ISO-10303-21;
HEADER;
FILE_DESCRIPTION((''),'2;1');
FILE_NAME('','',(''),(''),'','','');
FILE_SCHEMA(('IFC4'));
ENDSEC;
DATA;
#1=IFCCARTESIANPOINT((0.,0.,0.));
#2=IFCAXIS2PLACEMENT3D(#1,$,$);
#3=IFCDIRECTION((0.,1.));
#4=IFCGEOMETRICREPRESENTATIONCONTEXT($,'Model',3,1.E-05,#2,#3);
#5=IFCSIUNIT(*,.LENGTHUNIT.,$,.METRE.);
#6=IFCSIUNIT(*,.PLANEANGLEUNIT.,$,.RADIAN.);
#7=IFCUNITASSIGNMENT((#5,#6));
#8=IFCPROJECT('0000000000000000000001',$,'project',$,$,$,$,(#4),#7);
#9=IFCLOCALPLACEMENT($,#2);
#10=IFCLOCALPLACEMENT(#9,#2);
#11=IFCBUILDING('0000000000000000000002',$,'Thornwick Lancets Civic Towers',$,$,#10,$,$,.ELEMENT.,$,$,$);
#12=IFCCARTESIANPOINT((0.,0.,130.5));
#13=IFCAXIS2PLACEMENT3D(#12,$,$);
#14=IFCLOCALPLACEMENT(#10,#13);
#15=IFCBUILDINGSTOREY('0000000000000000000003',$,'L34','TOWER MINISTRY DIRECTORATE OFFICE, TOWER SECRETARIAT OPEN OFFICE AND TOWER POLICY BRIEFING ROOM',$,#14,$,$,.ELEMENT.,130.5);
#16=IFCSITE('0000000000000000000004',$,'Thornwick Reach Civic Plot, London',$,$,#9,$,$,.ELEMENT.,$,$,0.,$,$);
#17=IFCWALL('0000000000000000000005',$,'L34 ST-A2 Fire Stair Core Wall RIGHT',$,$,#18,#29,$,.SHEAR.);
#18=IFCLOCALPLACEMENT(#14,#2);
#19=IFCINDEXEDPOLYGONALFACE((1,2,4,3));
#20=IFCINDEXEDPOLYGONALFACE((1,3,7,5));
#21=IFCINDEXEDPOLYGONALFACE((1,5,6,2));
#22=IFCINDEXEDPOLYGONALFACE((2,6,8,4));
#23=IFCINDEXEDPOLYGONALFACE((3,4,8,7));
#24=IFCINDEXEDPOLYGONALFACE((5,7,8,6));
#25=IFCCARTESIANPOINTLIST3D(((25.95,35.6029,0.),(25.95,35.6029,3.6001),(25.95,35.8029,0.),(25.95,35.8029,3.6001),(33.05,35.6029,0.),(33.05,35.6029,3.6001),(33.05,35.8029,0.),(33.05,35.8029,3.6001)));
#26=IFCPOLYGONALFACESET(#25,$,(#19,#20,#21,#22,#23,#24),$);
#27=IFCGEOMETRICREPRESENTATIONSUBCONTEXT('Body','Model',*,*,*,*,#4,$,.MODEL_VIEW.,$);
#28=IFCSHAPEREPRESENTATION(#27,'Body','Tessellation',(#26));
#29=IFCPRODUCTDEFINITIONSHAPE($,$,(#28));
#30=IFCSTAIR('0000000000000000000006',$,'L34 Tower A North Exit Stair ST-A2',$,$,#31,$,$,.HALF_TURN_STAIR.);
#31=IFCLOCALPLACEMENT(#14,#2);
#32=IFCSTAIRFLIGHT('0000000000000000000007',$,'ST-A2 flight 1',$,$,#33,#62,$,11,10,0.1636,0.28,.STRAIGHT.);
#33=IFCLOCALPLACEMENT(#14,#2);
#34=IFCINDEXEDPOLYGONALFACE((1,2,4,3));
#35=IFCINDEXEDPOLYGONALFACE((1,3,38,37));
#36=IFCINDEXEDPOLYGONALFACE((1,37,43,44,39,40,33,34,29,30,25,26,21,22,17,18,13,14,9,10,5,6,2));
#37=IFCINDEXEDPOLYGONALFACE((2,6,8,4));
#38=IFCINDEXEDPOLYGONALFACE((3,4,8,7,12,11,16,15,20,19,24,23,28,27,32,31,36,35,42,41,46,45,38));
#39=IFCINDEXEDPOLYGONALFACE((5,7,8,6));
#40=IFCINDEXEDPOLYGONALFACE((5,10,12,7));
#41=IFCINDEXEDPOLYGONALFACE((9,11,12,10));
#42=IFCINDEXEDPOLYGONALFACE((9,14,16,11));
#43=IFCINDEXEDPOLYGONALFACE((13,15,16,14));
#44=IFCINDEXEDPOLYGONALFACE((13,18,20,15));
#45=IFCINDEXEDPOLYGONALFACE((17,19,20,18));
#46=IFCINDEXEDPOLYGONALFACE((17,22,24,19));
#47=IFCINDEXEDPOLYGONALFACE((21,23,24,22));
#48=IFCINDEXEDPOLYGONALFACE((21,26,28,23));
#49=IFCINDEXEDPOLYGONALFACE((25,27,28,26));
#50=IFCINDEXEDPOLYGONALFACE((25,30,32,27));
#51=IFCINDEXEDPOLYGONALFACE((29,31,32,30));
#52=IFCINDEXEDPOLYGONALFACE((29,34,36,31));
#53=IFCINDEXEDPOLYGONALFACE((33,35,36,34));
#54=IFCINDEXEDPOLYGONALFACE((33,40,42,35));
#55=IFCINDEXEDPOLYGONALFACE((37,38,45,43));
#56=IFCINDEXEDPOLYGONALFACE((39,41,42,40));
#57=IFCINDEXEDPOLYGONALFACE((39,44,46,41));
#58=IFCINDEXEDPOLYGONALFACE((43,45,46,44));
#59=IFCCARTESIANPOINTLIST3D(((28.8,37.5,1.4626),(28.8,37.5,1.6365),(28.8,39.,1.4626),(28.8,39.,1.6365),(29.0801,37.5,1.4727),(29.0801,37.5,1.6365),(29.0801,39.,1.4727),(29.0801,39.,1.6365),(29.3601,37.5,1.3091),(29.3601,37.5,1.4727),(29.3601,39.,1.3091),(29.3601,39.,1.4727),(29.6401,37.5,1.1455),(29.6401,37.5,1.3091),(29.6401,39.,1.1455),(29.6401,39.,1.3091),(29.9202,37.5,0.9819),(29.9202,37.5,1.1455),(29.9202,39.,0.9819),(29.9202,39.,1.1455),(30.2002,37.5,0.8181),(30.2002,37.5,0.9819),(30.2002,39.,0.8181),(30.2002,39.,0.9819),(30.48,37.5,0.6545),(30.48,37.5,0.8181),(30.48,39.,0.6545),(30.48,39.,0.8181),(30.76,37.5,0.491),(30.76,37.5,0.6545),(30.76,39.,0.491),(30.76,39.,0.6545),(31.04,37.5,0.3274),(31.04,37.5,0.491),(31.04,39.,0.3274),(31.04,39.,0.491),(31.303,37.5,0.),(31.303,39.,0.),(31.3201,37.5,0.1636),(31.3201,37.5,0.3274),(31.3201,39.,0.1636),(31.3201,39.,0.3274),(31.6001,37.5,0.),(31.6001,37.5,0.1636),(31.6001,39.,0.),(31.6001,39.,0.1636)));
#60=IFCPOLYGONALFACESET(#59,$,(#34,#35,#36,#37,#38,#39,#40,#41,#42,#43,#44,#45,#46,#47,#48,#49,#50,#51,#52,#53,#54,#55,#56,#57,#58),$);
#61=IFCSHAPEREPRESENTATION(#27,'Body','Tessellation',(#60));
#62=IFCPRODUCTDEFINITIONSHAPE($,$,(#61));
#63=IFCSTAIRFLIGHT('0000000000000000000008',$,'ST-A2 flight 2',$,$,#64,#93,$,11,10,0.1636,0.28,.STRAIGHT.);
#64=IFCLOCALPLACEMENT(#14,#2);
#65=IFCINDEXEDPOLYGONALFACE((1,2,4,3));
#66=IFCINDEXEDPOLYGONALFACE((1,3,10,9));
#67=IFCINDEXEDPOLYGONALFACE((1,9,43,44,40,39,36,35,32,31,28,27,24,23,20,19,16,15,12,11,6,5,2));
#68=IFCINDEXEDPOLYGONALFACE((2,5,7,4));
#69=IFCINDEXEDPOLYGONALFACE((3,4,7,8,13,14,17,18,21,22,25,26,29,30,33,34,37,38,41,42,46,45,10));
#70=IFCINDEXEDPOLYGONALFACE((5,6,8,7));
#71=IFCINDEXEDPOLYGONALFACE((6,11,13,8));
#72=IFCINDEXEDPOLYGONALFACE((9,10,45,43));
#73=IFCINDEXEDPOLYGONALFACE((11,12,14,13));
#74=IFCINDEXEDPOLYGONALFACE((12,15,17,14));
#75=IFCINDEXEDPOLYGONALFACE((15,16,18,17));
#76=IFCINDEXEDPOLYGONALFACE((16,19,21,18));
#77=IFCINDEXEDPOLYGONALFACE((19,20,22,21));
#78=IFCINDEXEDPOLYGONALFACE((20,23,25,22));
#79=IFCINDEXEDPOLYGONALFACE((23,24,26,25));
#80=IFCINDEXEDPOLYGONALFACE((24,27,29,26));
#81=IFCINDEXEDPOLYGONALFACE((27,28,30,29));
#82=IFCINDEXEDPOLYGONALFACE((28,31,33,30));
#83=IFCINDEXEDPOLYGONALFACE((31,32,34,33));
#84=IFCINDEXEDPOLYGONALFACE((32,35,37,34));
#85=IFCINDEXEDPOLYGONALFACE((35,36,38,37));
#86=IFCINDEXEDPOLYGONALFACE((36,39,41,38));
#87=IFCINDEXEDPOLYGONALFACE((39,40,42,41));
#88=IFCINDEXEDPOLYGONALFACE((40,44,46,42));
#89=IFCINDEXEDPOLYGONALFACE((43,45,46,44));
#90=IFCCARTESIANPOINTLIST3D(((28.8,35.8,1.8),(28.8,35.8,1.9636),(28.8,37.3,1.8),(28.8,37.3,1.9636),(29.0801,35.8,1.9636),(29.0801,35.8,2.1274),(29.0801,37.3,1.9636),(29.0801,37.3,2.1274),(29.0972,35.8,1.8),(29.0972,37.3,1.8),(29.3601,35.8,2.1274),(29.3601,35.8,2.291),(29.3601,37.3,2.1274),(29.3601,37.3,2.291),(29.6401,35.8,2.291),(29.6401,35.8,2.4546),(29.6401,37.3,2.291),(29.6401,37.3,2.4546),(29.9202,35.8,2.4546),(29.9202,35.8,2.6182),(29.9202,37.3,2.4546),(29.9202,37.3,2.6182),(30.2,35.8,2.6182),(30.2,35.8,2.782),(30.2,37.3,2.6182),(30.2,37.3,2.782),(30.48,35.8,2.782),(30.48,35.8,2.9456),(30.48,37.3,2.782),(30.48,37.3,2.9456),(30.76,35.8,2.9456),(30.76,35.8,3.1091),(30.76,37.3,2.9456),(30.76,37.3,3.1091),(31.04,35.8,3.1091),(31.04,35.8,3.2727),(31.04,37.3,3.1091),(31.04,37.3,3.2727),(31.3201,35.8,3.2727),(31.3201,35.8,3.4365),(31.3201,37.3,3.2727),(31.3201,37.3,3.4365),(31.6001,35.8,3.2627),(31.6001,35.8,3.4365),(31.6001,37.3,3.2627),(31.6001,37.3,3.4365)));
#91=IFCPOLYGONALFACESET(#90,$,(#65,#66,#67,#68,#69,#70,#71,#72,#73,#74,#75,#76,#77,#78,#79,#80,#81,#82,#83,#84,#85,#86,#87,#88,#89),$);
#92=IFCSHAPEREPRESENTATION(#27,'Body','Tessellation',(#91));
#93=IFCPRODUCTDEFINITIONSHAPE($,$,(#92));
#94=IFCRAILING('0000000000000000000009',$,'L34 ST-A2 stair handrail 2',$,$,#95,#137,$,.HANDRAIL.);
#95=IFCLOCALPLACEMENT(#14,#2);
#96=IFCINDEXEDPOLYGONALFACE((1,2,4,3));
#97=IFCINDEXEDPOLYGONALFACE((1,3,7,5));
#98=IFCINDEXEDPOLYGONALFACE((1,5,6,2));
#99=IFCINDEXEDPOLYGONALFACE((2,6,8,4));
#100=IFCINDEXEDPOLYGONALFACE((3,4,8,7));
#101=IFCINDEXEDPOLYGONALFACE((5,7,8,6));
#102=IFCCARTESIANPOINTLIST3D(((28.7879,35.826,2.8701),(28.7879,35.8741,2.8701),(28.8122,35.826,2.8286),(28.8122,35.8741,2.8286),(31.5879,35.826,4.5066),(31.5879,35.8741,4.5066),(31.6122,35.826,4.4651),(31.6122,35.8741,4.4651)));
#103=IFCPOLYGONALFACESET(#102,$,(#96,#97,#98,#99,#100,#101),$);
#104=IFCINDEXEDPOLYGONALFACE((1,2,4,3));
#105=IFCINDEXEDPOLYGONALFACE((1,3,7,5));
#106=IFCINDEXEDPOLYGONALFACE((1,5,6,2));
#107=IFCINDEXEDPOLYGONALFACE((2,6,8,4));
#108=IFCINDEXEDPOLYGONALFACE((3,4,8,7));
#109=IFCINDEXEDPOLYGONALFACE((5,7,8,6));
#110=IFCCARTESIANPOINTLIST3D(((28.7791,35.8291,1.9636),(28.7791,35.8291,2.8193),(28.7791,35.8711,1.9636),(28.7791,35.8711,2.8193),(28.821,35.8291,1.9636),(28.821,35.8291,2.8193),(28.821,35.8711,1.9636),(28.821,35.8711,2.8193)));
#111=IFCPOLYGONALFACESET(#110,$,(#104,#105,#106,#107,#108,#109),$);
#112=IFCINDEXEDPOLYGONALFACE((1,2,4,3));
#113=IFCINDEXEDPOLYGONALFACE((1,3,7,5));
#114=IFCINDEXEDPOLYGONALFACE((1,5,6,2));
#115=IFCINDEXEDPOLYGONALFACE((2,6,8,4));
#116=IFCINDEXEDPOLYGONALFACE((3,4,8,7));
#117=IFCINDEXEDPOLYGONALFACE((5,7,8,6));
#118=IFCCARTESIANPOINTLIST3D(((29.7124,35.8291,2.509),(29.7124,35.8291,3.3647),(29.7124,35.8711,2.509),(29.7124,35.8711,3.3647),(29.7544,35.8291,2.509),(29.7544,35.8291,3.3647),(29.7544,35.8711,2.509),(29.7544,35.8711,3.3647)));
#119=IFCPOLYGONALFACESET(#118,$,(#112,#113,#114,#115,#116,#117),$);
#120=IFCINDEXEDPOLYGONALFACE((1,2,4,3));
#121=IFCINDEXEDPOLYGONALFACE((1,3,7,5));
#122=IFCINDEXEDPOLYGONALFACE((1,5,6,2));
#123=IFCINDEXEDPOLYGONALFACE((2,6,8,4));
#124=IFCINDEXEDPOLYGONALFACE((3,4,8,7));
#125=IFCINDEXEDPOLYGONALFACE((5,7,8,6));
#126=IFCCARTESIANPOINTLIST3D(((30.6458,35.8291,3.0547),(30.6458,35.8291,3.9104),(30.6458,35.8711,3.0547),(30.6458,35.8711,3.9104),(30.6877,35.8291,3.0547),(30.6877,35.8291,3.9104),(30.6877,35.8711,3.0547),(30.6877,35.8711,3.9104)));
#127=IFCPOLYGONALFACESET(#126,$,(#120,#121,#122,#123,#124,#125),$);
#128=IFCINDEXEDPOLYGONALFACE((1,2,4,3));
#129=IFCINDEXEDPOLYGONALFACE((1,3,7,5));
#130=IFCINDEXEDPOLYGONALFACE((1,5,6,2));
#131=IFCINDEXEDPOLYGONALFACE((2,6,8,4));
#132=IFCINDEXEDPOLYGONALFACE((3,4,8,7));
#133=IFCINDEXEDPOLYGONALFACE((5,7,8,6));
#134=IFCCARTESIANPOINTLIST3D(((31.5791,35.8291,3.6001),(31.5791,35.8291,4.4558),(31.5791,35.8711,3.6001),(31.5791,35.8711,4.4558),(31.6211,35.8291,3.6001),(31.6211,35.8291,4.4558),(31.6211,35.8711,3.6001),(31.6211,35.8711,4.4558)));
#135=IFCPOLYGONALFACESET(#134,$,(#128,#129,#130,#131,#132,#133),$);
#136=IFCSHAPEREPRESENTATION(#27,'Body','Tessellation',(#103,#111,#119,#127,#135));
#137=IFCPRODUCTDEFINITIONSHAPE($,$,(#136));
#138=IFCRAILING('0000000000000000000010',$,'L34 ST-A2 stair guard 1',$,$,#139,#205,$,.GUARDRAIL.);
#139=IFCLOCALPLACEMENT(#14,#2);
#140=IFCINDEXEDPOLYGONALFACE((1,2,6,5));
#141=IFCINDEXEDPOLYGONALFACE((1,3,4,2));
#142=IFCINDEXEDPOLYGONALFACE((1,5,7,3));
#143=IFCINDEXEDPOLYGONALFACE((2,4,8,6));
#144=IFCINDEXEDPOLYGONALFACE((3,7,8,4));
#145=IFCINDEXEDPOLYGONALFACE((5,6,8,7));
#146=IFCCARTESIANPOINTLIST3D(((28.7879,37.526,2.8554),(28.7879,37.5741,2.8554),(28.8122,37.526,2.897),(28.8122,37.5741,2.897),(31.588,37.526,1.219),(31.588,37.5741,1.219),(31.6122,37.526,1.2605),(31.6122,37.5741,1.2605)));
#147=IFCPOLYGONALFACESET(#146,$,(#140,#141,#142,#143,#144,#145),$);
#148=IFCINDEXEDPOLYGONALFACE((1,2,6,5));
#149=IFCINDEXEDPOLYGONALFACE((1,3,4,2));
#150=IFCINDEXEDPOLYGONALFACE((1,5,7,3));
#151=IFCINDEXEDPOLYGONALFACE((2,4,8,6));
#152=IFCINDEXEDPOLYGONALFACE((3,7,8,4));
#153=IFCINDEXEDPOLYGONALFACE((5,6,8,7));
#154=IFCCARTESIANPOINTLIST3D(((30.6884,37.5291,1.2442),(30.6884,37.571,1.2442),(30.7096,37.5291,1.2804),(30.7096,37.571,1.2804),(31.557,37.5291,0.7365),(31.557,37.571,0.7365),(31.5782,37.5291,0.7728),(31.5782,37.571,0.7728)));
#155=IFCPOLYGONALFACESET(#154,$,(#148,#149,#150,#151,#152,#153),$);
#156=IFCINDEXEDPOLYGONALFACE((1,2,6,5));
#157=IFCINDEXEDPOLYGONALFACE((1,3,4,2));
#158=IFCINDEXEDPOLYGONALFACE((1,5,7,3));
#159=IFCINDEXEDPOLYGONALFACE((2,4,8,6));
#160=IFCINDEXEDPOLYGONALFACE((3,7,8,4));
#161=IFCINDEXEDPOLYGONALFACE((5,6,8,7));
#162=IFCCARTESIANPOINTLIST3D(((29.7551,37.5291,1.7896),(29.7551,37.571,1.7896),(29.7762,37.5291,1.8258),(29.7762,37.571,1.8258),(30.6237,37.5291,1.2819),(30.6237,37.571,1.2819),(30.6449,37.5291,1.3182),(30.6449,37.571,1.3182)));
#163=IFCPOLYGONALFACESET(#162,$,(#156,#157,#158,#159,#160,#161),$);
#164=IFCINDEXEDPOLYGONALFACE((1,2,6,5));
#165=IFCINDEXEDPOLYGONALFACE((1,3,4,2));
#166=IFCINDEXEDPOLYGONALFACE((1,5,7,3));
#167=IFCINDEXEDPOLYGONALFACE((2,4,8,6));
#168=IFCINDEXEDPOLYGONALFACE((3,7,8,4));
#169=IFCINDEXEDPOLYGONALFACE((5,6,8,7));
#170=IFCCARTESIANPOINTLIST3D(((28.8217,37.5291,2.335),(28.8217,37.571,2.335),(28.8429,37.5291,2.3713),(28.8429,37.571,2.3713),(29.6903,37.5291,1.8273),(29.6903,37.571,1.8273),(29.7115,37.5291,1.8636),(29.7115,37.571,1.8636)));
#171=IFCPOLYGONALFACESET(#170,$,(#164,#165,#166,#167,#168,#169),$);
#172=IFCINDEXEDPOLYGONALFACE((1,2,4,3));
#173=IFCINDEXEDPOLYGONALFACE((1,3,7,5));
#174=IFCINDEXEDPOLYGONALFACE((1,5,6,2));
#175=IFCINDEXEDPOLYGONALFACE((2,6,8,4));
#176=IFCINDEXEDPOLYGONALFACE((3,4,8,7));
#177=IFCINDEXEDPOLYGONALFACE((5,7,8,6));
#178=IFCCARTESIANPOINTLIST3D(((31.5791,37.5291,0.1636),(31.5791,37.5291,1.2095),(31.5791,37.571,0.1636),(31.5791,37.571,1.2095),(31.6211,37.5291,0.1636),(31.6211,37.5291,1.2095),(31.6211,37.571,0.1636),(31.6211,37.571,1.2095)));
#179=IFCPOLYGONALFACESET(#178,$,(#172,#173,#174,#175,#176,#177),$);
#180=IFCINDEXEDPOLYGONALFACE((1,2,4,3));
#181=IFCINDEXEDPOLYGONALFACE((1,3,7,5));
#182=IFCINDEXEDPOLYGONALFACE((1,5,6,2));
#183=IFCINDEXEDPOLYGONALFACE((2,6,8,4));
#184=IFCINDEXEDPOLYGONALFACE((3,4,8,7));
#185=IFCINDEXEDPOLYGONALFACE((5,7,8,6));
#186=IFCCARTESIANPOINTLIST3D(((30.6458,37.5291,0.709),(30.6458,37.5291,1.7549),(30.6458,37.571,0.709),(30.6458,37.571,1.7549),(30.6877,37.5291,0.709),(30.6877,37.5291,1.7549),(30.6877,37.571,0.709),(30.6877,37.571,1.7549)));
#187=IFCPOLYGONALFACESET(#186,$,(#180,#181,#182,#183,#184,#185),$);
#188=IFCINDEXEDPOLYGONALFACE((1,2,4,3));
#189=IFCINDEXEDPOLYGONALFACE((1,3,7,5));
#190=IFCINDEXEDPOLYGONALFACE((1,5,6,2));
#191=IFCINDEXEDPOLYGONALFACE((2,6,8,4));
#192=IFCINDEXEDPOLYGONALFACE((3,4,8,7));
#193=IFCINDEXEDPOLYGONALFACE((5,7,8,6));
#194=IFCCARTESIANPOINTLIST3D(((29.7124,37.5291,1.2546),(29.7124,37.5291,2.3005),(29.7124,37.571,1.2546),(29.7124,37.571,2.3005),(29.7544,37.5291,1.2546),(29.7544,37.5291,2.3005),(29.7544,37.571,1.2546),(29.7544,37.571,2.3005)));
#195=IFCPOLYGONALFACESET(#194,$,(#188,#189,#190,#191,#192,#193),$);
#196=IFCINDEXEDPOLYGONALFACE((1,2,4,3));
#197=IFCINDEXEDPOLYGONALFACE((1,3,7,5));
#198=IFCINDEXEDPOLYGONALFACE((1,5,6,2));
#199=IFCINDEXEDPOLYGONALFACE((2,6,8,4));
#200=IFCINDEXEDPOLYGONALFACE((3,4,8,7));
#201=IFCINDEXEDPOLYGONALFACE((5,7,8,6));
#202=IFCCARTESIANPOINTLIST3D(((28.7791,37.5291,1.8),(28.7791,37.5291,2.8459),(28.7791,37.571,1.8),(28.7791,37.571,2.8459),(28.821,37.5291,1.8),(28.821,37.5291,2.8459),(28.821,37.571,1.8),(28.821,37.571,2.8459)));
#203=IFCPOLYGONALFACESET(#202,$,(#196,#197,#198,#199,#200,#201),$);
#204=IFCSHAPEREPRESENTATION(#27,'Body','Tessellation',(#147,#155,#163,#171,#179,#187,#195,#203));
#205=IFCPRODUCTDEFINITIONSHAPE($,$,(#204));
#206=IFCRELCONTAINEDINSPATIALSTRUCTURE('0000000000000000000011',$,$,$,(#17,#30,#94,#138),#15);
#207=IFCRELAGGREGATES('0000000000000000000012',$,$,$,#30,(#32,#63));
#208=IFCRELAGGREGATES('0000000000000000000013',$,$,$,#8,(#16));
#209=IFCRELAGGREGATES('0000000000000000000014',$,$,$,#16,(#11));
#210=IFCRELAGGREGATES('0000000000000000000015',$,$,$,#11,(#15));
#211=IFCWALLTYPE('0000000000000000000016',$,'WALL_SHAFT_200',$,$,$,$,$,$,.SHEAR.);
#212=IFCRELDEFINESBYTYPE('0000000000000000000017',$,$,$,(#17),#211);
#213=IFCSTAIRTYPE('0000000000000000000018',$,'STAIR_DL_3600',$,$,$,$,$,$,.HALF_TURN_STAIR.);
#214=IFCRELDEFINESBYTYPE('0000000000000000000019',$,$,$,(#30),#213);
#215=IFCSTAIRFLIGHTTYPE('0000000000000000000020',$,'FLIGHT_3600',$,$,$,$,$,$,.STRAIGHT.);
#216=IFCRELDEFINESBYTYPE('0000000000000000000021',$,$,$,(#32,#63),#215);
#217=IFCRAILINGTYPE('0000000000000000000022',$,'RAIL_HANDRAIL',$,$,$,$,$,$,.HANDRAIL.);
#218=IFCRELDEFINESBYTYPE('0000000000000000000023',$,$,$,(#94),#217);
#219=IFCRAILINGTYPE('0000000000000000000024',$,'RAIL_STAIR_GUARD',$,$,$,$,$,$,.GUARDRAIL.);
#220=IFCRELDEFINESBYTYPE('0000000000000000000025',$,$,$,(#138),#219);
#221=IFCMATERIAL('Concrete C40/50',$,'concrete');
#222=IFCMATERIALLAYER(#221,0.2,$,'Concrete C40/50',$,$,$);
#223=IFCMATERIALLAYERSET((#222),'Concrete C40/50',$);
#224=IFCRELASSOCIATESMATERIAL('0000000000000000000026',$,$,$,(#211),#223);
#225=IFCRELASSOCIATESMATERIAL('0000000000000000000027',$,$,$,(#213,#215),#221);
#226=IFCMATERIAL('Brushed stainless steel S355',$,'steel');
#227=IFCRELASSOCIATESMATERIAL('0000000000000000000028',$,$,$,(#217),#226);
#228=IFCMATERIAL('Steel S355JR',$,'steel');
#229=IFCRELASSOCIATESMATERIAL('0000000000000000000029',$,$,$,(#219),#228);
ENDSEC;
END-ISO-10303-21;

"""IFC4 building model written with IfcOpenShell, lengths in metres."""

from ifc_helpers import new_model, si_unit, direction, frame, frame_2d, origin, origin_2d, place, context, subcontext, project, spatial, polyline, rectangle, outline, extrude, material, layer, layer_set, type_object, element, aggregate, save


model = new_model("IFC4")

# Units and contexts
model_context = context("Model", 3, precision=1e-05, world=origin(), true_north=direction((0.0, 1.0)))
body_context = subcontext(model_context, "Body", "Model", "MODEL_VIEW")
ifc_project = project(units=[si_unit("LENGTHUNIT", "METRE"), si_unit("PLANEANGLEUNIT", "RADIAN")], contexts=[model_context])

# Site, building, storey
site_placement = place(None, origin())
site = spatial("IfcSite", under=ifc_project, at=site_placement, Name="Thornwick Reach Civic Plot, London", CompositionType="ELEMENT", RefElevation=0.0)
building_placement = place(site_placement, origin())
building = spatial("IfcBuilding", under=site, at=building_placement, Name="Thornwick Lancets Civic Towers", CompositionType="ELEMENT")
storey_placement = place(building_placement, frame((0.0, 0.0, 130.5)))
storey = spatial("IfcBuildingStorey", under=building, at=storey_placement, Name="L34", Description="TOWER MINISTRY DIRECTORATE OFFICE, TOWER SECRETARIAT OPEN OFFICE AND TOWER POLICY BRIEFING ROOM", CompositionType="ELEMENT", Elevation=130.5)

# Shared definitions
ifc_material_1 = material(Name="Steel S355JR", Category="steel")
ifc_material_2 = material(Name="Concrete C40/50", Category="concrete")

# Wall
ifc_layer_1 = layer(ifc_material_2, 0.2, Name="Concrete C40/50")
ifc_layer_set_1 = layer_set([ifc_layer_1], Name="Concrete C40/50")
wall_type_1 = type_object("IfcWallType", Name="WALL_SHAFT_200", PredefinedType="SHEAR", material=ifc_layer_set_1)
wall_1_placement = place(storey_placement, frame((25.95, 35.7029, 0.0), z_axis=(0.0, 0.0, 1.0), x_axis=(1.0, 0.0, 0.0)))
element("IfcWall", 1, at=wall_1_placement, inside=storey, type_object=wall_type_1, Name="L34 ST-A2 Fire Stair Core Wall RIGHT", PredefinedType="SHEAR", context=body_context, shape_type="SweptSolid", body=[
    extrude(rectangle(XDim=7.1001, YDim=0.2, at=frame_2d((3.55, 0.0))), origin(), (0.0, 0.0, 1.0), 3.6001),
])

# Stair, stair flights
stair_type = type_object("IfcStairType", Name="STAIR_DL_3600", PredefinedType="HALF_TURN_STAIR", material=ifc_material_2)
stair_placement = place(storey_placement, origin())
stair = element("IfcStair", 2, at=stair_placement, inside=storey, type_object=stair_type, Name="L34 Tower A North Exit Stair ST-A2", PredefinedType="HALF_TURN_STAIR")
stair_flight_type = type_object("IfcStairFlightType", Name="FLIGHT_3600", PredefinedType="STRAIGHT", material=ifc_material_2)
stair_flight_1_placement = place(storey_placement, frame((31.6001, 38.25, 0.0), z_axis=(0.0, 0.0, 1.0), x_axis=(-1.0, 0.0, 0.0)))
stair_flight_1 = element("IfcStairFlight", 3, at=stair_flight_1_placement, type_object=stair_flight_type, Name="ST-A2 flight 1", NumberOfRisers=11, NumberOfTreads=10, PredefinedType="STRAIGHT", RiserHeight=0.1636, TreadLength=0.28, context=body_context, shape_type="SweptSolid", body=[
    extrude(outline(polyline([(0.0, 0.0), (0.0, 0.1636), (0.28, 0.1636), (0.28, 0.3274), (0.5601, 0.3274), (0.5601, 0.491), (0.8401, 0.491), (0.8401, 0.6545), (1.1201, 0.6545), (1.1201, 0.8181), (1.3999, 0.8181), (1.3999, 0.9819), (1.6799, 0.9819), (1.6799, 1.1455), (1.96, 1.1455), (1.96, 1.3091), (2.24, 1.3091), (2.24, 1.4727), (2.52, 1.4727), (2.52, 1.6365), (2.8, 1.6365), (2.8, 1.8), (2.8, 1.4626), (0.2971, 0.0), (0.0, 0.0)])), frame((0.0, 0.75, 0.0), z_axis=(0.0, -1.0, 0.0), x_axis=(1.0, 0.0, 0.0)), (0.0, 0.0, 1.0), 1.5),
])
stair_flight_2_placement = place(storey_placement, frame((28.8, 36.55, 1.8), z_axis=(0.0, 0.0, 1.0), x_axis=(1.0, 0.0, 0.0)))
stair_flight_2 = element("IfcStairFlight", 4, at=stair_flight_2_placement, type_object=stair_flight_type, Name="ST-A2 flight 2", NumberOfRisers=11, NumberOfTreads=10, PredefinedType="STRAIGHT", RiserHeight=0.1636, TreadLength=0.28, context=body_context, shape_type="SweptSolid", body=[
    extrude(outline(polyline([(0.0, 0.0), (0.0, 0.1636), (0.28, 0.1636), (0.28, 0.3274), (0.5601, 0.3274), (0.5601, 0.491), (0.8401, 0.491), (0.8401, 0.6545), (1.1201, 0.6545), (1.1201, 0.8181), (1.3999, 0.8181), (1.3999, 0.9819), (1.6799, 0.9819), (1.6799, 1.1455), (1.96, 1.1455), (1.96, 1.3091), (2.24, 1.3091), (2.24, 1.4727), (2.52, 1.4727), (2.52, 1.6365), (2.8, 1.6365), (2.8, 1.8), (2.8, 1.4626), (0.2971, 0.0), (0.0, 0.0)])), frame((0.0, 0.75, 0.0), z_axis=(0.0, -1.0, 0.0), x_axis=(1.0, 0.0, 0.0)), (0.0, 0.0, 1.0), 1.5),
])
aggregate(stair, [stair_flight_1, stair_flight_2])

# Railings
ifc_material_3 = material(Name="Brushed stainless steel S355", Category="steel")
railing_type_1 = type_object("IfcRailingType", Name="RAIL_HANDRAIL", PredefinedType="HANDRAIL", material=ifc_material_3)
railing_1_placement = place(storey_placement, frame((28.8, 35.8501, 1.9636)))
element("IfcRailing", 5, at=railing_1_placement, inside=storey, type_object=railing_type_1, Name="L34 ST-A2 stair handrail 2", PredefinedType="HANDRAIL", context=body_context, shape_type="SweptSolid", body=[
    extrude(rectangle(XDim=0.0481, YDim=0.0481, at=origin_2d()), frame((0.0, 0.0, 0.8857), z_axis=(0.863361, 0.0, 0.504587), x_axis=(0.0, 1.0, 0.0)), (0.0, 0.0, 1.0), 3.2432),
    extrude(rectangle(XDim=0.042, YDim=0.042, at=origin_2d()), origin(), (0.0, 0.0, 1.0), 0.8557),
    extrude(rectangle(XDim=0.042, YDim=0.042, at=origin_2d()), frame((0.9333, 0.0, 0.5454)), (0.0, 0.0, 1.0), 0.8557),
    extrude(rectangle(XDim=0.042, YDim=0.042, at=origin_2d()), frame((1.8667, 0.0, 1.0911)), (0.0, 0.0, 1.0), 0.8557),
    extrude(rectangle(XDim=0.042, YDim=0.042, at=origin_2d()), frame((2.8, 0.0, 1.6365)), (0.0, 0.0, 1.0), 0.8557),
])
railing_type_2 = type_object("IfcRailingType", Name="RAIL_STAIR_GUARD", PredefinedType="GUARDRAIL", material=ifc_material_1)
railing_2_placement = place(storey_placement, frame((31.6001, 37.55, 0.1636)))
element("IfcRailing", 6, at=railing_2_placement, inside=storey, type_object=railing_type_2, Name="L34 ST-A2 stair guard 1", PredefinedType="GUARDRAIL", context=body_context, shape_type="SweptSolid", body=[
    extrude(rectangle(XDim=0.0481, YDim=0.0481, at=origin_2d()), frame((0.0, 0.0, 1.0762), z_axis=(-0.863361, 0.0, 0.504587), x_axis=(0.0, -1.0, 0.0)), (0.0, 0.0, 1.0), 3.2432),
    extrude(rectangle(XDim=0.042, YDim=0.042, at=origin_2d()), frame((-0.0325, 0.0, 0.5911), z_axis=(-0.863361, 0.0, 0.504587), x_axis=(0.0, -1.0, 0.0)), (0.0, 0.0, 1.0), 1.0061),
    extrude(rectangle(XDim=0.042, YDim=0.042, at=origin_2d()), frame((-0.9658, 0.0, 1.1365), z_axis=(-0.863361, 0.0, 0.504587), x_axis=(0.0, -1.0, 0.0)), (0.0, 0.0, 1.0), 1.0061),
    extrude(rectangle(XDim=0.042, YDim=0.042, at=origin_2d()), frame((-1.8992, 0.0, 1.6819), z_axis=(-0.863361, 0.0, 0.504587), x_axis=(0.0, -1.0, 0.0)), (0.0, 0.0, 1.0), 1.0061),
    extrude(rectangle(XDim=0.042, YDim=0.042, at=origin_2d()), origin(), (0.0, 0.0, 1.0), 1.0459),
    extrude(rectangle(XDim=0.042, YDim=0.042, at=origin_2d()), frame((-0.9333, 0.0, 0.5454)), (0.0, 0.0, 1.0), 1.0459),
    extrude(rectangle(XDim=0.042, YDim=0.042, at=origin_2d()), frame((-1.8667, 0.0, 1.0911)), (0.0, 0.0, 1.0), 1.0459),
    extrude(rectangle(XDim=0.042, YDim=0.042, at=origin_2d()), frame((-2.8, 0.0, 1.6365)), (0.0, 0.0, 1.0), 1.0459),
])

save(model, "model.ifc")
